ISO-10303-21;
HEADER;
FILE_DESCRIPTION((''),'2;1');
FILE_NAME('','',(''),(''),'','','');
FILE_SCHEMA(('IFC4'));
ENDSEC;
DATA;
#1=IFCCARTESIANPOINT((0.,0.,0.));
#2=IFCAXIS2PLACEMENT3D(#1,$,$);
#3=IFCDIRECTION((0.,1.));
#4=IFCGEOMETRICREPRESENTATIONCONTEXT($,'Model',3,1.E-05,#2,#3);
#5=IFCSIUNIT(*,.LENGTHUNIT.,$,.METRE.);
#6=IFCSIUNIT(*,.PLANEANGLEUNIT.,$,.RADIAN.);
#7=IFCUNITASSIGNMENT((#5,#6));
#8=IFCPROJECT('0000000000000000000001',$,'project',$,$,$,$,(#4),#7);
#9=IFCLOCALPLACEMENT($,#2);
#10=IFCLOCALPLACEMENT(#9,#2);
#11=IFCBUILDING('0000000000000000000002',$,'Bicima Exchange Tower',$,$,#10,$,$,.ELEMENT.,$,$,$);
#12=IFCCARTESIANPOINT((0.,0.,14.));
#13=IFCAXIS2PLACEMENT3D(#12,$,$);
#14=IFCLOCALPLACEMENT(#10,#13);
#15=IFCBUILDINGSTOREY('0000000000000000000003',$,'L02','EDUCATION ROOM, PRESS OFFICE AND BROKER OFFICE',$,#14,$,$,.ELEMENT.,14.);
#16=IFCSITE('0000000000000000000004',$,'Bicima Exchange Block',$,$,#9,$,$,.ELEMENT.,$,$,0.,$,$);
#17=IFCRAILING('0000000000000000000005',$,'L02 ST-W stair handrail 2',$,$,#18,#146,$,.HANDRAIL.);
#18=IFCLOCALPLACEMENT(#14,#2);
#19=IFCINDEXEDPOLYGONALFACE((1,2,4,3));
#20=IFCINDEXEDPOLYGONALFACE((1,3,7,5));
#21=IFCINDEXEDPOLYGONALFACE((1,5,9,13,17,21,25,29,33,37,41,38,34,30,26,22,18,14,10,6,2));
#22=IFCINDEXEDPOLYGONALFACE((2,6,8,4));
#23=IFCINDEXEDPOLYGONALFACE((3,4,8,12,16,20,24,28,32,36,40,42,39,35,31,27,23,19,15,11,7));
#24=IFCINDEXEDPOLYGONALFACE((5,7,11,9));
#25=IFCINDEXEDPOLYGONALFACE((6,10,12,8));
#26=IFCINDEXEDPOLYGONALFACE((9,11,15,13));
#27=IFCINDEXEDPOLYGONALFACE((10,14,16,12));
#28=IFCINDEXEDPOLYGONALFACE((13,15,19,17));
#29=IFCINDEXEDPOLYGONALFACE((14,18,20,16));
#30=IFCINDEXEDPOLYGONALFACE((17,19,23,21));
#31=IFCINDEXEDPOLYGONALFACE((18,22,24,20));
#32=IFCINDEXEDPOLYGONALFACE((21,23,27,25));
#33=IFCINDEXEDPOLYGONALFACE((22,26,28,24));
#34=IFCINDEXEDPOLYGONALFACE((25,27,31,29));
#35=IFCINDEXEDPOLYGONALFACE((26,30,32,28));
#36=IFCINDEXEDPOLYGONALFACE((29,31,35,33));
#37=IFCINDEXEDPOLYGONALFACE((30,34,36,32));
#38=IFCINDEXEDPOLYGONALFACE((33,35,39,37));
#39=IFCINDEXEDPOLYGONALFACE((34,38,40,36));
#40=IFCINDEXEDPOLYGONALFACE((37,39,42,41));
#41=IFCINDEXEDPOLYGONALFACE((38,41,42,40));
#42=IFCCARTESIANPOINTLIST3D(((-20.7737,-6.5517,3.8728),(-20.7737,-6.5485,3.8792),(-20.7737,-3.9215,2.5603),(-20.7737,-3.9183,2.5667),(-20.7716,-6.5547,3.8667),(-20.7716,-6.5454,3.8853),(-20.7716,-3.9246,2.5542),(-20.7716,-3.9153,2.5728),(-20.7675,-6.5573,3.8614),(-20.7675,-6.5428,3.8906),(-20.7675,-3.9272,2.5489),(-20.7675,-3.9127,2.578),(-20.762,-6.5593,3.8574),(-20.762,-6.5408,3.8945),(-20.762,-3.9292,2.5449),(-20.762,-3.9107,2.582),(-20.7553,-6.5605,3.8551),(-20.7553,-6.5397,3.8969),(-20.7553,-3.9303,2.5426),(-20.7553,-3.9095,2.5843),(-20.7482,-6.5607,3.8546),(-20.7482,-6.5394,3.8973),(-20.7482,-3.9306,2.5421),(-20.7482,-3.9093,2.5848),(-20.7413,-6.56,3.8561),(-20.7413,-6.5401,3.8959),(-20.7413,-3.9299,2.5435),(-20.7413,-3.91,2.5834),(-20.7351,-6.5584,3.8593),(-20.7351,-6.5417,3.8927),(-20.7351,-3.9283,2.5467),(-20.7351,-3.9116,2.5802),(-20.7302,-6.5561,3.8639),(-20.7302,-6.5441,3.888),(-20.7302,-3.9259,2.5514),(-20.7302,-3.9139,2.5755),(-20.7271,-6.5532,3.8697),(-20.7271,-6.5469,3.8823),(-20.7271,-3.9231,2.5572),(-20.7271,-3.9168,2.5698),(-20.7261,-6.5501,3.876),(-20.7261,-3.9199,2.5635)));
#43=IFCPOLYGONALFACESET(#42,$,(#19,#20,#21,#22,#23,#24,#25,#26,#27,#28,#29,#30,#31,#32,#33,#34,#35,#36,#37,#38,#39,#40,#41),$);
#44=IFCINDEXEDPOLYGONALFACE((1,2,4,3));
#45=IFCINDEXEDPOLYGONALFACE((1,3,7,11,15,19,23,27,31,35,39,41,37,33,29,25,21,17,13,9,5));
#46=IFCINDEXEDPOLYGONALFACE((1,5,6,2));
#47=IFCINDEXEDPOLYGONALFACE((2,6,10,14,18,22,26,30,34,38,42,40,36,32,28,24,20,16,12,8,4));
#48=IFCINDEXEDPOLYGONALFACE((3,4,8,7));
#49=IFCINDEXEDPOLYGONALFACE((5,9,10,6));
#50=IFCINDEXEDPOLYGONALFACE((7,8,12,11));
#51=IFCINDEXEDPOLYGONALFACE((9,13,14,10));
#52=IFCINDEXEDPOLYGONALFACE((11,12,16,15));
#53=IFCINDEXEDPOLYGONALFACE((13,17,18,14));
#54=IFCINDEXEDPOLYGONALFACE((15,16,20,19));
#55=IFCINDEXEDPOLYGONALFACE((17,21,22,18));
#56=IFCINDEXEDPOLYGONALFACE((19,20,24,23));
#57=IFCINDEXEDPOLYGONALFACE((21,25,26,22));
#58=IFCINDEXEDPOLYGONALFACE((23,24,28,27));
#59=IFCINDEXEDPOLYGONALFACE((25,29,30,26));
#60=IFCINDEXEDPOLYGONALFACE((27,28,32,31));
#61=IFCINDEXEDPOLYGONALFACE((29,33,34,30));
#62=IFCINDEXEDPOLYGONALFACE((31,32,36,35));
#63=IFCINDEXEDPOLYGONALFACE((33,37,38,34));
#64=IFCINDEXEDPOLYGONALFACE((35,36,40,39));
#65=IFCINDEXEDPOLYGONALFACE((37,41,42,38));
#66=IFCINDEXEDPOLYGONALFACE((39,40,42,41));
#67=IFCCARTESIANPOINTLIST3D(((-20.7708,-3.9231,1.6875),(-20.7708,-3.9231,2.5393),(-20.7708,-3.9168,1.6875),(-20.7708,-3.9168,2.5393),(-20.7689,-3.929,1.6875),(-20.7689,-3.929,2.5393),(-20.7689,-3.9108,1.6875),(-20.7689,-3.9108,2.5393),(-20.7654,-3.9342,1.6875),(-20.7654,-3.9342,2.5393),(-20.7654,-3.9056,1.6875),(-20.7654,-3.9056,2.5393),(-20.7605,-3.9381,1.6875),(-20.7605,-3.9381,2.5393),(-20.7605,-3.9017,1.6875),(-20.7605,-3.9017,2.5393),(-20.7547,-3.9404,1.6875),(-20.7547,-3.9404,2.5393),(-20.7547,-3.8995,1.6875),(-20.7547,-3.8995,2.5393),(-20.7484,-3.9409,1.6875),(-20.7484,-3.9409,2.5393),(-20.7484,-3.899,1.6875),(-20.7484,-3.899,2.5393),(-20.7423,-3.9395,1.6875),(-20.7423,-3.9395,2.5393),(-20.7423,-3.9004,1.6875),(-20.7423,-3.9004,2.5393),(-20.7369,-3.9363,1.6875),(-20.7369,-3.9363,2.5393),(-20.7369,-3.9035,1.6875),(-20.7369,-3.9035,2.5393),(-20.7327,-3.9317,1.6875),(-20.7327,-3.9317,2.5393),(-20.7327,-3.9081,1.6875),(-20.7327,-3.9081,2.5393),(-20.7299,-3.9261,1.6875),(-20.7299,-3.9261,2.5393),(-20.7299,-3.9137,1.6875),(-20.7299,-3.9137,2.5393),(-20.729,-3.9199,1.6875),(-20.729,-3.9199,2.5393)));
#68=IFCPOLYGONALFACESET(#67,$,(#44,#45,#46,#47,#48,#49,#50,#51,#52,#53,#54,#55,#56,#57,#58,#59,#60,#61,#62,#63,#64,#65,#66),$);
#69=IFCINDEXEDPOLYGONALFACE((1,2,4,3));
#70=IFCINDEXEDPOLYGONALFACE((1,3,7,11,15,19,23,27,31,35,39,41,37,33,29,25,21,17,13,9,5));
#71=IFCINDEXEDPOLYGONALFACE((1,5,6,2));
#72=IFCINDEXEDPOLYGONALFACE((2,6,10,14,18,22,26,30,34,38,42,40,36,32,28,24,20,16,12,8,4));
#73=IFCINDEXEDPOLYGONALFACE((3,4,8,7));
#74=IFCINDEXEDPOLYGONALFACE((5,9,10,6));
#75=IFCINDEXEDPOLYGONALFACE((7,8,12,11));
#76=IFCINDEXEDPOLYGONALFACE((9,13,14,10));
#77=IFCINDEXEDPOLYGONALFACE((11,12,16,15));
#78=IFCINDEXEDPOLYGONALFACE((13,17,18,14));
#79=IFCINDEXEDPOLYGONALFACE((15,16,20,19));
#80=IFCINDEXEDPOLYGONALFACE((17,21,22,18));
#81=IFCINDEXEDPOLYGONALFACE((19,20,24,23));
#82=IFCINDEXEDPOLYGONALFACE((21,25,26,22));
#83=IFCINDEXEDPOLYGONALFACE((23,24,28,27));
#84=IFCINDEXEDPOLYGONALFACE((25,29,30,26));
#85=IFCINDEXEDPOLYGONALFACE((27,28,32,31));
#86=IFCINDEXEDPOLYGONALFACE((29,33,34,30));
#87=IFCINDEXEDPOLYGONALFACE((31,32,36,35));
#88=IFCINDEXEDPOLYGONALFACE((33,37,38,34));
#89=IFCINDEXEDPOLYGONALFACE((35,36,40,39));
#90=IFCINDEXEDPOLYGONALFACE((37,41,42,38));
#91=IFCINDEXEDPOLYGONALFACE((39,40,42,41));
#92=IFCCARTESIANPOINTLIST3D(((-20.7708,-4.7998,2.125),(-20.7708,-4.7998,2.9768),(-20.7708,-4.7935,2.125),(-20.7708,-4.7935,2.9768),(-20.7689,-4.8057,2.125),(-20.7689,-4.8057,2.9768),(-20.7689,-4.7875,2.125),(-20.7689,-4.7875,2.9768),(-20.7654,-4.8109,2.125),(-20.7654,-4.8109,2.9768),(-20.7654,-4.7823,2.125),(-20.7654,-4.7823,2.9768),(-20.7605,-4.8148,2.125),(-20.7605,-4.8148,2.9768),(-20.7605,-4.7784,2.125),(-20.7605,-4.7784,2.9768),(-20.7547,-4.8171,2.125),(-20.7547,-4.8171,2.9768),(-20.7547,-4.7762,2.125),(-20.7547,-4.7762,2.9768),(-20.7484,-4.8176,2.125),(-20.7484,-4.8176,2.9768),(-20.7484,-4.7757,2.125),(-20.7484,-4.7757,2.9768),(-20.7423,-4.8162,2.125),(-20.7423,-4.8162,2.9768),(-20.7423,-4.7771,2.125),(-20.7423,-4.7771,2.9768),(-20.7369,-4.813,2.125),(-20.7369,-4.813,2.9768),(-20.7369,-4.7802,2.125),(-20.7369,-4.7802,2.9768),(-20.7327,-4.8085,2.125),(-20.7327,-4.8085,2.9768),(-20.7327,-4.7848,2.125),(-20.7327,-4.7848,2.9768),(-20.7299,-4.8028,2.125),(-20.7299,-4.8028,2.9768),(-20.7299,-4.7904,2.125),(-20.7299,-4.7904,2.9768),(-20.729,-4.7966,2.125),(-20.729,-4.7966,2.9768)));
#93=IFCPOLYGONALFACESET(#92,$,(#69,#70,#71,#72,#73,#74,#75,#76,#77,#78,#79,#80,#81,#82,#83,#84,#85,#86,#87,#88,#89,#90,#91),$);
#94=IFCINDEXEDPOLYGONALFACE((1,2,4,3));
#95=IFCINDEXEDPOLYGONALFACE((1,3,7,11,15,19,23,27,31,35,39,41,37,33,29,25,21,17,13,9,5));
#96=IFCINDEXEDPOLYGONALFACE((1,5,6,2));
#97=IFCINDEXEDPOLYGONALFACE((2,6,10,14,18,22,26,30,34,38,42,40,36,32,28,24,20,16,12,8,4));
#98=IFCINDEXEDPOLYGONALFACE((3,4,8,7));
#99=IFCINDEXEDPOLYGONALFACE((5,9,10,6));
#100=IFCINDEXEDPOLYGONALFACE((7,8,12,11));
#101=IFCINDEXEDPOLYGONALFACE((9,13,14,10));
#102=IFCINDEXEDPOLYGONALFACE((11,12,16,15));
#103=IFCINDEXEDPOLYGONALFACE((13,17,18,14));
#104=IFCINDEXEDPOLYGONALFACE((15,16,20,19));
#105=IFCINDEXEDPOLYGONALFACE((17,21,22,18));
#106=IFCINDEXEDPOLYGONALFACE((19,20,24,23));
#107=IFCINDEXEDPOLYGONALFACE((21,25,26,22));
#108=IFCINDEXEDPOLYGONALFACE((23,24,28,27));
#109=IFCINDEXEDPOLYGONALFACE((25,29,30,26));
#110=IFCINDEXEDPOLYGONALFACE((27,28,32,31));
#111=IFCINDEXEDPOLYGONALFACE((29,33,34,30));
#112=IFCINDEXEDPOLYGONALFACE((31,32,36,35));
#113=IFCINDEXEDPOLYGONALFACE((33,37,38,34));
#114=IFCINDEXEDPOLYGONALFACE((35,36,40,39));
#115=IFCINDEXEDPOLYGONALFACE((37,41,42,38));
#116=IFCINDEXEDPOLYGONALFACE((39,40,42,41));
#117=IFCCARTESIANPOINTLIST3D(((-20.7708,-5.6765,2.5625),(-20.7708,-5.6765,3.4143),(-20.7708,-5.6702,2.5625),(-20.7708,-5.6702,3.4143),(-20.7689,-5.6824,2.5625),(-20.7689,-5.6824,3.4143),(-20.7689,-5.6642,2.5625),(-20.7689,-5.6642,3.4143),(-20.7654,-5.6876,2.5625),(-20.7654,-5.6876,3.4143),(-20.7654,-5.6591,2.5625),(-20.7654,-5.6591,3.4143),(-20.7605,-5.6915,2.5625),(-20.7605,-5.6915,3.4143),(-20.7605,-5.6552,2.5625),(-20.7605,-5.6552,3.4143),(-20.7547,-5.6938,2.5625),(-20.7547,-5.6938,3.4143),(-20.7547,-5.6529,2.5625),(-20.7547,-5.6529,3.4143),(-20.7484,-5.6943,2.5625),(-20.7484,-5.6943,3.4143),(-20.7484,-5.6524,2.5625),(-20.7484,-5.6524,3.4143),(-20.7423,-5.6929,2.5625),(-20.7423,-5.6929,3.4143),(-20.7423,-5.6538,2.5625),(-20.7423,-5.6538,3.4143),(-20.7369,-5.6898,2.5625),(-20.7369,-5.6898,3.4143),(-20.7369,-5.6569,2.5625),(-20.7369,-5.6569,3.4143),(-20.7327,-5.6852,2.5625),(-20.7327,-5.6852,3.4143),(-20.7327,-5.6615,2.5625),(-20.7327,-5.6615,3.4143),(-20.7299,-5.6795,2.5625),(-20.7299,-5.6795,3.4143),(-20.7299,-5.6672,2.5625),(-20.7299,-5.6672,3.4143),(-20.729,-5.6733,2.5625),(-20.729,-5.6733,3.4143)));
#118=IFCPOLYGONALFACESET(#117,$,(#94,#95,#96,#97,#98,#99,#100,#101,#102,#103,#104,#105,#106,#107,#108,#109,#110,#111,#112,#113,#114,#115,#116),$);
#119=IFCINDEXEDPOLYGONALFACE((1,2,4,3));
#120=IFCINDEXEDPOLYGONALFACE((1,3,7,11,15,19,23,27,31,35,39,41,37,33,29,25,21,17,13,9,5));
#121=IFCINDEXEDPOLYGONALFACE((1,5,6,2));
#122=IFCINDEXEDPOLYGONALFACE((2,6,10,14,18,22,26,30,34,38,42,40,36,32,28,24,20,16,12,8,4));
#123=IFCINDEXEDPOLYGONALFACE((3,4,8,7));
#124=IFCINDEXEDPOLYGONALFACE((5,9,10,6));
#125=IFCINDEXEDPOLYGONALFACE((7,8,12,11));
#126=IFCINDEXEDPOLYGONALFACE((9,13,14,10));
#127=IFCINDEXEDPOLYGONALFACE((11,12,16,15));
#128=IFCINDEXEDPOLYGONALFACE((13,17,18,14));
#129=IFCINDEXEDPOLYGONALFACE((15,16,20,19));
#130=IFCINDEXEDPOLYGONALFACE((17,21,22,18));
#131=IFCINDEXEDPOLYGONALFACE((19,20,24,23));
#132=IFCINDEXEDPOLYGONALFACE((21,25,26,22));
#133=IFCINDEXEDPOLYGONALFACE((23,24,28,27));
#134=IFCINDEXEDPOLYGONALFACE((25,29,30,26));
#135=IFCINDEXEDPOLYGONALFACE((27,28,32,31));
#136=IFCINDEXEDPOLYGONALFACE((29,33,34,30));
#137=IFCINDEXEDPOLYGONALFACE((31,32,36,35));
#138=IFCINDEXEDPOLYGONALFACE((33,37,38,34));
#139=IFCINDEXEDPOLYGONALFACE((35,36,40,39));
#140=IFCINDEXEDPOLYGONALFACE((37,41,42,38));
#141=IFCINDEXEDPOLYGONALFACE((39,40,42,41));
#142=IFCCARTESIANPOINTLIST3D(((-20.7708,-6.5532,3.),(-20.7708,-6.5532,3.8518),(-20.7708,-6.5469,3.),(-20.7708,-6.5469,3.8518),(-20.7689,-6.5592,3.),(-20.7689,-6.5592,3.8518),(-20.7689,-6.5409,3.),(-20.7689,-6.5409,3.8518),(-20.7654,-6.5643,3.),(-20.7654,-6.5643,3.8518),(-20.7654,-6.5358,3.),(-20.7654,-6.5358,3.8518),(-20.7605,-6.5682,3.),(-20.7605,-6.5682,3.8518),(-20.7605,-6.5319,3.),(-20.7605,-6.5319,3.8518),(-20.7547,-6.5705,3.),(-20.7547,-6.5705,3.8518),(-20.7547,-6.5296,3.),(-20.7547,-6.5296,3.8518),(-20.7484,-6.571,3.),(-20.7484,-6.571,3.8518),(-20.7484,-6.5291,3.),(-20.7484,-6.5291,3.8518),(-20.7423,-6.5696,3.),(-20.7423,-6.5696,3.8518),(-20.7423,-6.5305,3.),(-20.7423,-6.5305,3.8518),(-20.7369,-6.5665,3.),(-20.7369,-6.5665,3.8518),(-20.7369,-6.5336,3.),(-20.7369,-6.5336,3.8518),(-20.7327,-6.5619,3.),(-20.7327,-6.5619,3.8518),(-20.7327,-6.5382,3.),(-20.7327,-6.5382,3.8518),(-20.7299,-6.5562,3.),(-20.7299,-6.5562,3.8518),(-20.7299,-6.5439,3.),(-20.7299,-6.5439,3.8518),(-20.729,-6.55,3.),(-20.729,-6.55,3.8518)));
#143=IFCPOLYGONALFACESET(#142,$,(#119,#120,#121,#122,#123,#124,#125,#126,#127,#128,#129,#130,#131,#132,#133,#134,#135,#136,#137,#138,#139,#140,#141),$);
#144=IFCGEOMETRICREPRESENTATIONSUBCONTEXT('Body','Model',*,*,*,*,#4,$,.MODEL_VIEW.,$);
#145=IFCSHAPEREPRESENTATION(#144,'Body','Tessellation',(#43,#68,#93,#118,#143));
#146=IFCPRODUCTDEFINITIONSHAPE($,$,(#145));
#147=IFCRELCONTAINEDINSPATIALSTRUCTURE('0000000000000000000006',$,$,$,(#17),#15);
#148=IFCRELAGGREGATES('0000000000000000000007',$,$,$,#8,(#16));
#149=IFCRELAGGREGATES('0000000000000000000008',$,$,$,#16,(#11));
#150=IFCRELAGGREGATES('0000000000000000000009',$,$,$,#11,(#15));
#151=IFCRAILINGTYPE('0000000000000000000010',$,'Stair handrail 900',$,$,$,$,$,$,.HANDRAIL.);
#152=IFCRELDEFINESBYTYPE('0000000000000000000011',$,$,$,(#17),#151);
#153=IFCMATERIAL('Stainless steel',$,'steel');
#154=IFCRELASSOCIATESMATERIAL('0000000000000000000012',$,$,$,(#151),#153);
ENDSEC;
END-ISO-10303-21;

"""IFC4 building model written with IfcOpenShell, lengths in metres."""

from ifc_helpers import new_model, si_unit, direction, frame, origin, origin_2d, place, context, subcontext, project, spatial, circle, extrude, material, type_object, element, save


model = new_model("IFC4")

# Units and contexts
model_context = context("Model", 3, precision=1e-05, world=origin(), true_north=direction((0.0, 1.0)))
body_context = subcontext(model_context, "Body", "Model", "MODEL_VIEW")
ifc_project = project(units=[si_unit("LENGTHUNIT", "METRE"), si_unit("PLANEANGLEUNIT", "RADIAN")], contexts=[model_context])

# Site, building, storey
site_placement = place(None, origin())
site = spatial("IfcSite", under=ifc_project, at=site_placement, Name="Bicima Exchange Block", CompositionType="ELEMENT", RefElevation=0.0)
building_placement = place(site_placement, origin())
building = spatial("IfcBuilding", under=site, at=building_placement, Name="Bicima Exchange Tower", CompositionType="ELEMENT")
storey_placement = place(building_placement, frame((0.0, 0.0, 14.0)))
storey = spatial("IfcBuildingStorey", under=building, at=storey_placement, Name="L02", Description="EDUCATION ROOM, PRESS OFFICE AND BROKER OFFICE", CompositionType="ELEMENT", Elevation=14.0)

# Railing
ifc_material_1 = material(Name="Stainless steel", Category="steel")
railing_type_1 = type_object("IfcRailingType", Name="Stair handrail 900", PredefinedType="HANDRAIL", material=ifc_material_1)
for number, where, name in (
    (1, (-20.75, -3.9199, 1.6875), "L02 ST-W stair handrail 2"),
):
    element("IfcRailing", number, at=place(storey_placement, frame(where)), inside=storey, type_object=railing_type_1, Name=name, PredefinedType="HANDRAIL", context=body_context, shape_type="SweptSolid", body=[
        extrude(circle(Radius=0.0239, at=origin_2d()), frame((0.0, 0.0, 0.876), z_axis=(0.0, -0.894776, 0.446516), x_axis=(1.0, 0.0, 0.0)), (0.0, 0.0, 1.0), 2.9395),
        extrude(circle(Radius=0.021, at=origin_2d()), origin(), (0.0, 0.0, 1.0), 0.8518),
        extrude(circle(Radius=0.021, at=origin_2d()), frame((0.0, -0.8767, 0.4375)), (0.0, 0.0, 1.0), 0.8518),
        extrude(circle(Radius=0.021, at=origin_2d()), frame((0.0, -1.7534, 0.875)), (0.0, 0.0, 1.0), 0.8518),
        extrude(circle(Radius=0.021, at=origin_2d()), frame((0.0, -2.6301, 1.3125)), (0.0, 0.0, 1.0), 0.8518),
    ])

save(model, "model.ifc")
